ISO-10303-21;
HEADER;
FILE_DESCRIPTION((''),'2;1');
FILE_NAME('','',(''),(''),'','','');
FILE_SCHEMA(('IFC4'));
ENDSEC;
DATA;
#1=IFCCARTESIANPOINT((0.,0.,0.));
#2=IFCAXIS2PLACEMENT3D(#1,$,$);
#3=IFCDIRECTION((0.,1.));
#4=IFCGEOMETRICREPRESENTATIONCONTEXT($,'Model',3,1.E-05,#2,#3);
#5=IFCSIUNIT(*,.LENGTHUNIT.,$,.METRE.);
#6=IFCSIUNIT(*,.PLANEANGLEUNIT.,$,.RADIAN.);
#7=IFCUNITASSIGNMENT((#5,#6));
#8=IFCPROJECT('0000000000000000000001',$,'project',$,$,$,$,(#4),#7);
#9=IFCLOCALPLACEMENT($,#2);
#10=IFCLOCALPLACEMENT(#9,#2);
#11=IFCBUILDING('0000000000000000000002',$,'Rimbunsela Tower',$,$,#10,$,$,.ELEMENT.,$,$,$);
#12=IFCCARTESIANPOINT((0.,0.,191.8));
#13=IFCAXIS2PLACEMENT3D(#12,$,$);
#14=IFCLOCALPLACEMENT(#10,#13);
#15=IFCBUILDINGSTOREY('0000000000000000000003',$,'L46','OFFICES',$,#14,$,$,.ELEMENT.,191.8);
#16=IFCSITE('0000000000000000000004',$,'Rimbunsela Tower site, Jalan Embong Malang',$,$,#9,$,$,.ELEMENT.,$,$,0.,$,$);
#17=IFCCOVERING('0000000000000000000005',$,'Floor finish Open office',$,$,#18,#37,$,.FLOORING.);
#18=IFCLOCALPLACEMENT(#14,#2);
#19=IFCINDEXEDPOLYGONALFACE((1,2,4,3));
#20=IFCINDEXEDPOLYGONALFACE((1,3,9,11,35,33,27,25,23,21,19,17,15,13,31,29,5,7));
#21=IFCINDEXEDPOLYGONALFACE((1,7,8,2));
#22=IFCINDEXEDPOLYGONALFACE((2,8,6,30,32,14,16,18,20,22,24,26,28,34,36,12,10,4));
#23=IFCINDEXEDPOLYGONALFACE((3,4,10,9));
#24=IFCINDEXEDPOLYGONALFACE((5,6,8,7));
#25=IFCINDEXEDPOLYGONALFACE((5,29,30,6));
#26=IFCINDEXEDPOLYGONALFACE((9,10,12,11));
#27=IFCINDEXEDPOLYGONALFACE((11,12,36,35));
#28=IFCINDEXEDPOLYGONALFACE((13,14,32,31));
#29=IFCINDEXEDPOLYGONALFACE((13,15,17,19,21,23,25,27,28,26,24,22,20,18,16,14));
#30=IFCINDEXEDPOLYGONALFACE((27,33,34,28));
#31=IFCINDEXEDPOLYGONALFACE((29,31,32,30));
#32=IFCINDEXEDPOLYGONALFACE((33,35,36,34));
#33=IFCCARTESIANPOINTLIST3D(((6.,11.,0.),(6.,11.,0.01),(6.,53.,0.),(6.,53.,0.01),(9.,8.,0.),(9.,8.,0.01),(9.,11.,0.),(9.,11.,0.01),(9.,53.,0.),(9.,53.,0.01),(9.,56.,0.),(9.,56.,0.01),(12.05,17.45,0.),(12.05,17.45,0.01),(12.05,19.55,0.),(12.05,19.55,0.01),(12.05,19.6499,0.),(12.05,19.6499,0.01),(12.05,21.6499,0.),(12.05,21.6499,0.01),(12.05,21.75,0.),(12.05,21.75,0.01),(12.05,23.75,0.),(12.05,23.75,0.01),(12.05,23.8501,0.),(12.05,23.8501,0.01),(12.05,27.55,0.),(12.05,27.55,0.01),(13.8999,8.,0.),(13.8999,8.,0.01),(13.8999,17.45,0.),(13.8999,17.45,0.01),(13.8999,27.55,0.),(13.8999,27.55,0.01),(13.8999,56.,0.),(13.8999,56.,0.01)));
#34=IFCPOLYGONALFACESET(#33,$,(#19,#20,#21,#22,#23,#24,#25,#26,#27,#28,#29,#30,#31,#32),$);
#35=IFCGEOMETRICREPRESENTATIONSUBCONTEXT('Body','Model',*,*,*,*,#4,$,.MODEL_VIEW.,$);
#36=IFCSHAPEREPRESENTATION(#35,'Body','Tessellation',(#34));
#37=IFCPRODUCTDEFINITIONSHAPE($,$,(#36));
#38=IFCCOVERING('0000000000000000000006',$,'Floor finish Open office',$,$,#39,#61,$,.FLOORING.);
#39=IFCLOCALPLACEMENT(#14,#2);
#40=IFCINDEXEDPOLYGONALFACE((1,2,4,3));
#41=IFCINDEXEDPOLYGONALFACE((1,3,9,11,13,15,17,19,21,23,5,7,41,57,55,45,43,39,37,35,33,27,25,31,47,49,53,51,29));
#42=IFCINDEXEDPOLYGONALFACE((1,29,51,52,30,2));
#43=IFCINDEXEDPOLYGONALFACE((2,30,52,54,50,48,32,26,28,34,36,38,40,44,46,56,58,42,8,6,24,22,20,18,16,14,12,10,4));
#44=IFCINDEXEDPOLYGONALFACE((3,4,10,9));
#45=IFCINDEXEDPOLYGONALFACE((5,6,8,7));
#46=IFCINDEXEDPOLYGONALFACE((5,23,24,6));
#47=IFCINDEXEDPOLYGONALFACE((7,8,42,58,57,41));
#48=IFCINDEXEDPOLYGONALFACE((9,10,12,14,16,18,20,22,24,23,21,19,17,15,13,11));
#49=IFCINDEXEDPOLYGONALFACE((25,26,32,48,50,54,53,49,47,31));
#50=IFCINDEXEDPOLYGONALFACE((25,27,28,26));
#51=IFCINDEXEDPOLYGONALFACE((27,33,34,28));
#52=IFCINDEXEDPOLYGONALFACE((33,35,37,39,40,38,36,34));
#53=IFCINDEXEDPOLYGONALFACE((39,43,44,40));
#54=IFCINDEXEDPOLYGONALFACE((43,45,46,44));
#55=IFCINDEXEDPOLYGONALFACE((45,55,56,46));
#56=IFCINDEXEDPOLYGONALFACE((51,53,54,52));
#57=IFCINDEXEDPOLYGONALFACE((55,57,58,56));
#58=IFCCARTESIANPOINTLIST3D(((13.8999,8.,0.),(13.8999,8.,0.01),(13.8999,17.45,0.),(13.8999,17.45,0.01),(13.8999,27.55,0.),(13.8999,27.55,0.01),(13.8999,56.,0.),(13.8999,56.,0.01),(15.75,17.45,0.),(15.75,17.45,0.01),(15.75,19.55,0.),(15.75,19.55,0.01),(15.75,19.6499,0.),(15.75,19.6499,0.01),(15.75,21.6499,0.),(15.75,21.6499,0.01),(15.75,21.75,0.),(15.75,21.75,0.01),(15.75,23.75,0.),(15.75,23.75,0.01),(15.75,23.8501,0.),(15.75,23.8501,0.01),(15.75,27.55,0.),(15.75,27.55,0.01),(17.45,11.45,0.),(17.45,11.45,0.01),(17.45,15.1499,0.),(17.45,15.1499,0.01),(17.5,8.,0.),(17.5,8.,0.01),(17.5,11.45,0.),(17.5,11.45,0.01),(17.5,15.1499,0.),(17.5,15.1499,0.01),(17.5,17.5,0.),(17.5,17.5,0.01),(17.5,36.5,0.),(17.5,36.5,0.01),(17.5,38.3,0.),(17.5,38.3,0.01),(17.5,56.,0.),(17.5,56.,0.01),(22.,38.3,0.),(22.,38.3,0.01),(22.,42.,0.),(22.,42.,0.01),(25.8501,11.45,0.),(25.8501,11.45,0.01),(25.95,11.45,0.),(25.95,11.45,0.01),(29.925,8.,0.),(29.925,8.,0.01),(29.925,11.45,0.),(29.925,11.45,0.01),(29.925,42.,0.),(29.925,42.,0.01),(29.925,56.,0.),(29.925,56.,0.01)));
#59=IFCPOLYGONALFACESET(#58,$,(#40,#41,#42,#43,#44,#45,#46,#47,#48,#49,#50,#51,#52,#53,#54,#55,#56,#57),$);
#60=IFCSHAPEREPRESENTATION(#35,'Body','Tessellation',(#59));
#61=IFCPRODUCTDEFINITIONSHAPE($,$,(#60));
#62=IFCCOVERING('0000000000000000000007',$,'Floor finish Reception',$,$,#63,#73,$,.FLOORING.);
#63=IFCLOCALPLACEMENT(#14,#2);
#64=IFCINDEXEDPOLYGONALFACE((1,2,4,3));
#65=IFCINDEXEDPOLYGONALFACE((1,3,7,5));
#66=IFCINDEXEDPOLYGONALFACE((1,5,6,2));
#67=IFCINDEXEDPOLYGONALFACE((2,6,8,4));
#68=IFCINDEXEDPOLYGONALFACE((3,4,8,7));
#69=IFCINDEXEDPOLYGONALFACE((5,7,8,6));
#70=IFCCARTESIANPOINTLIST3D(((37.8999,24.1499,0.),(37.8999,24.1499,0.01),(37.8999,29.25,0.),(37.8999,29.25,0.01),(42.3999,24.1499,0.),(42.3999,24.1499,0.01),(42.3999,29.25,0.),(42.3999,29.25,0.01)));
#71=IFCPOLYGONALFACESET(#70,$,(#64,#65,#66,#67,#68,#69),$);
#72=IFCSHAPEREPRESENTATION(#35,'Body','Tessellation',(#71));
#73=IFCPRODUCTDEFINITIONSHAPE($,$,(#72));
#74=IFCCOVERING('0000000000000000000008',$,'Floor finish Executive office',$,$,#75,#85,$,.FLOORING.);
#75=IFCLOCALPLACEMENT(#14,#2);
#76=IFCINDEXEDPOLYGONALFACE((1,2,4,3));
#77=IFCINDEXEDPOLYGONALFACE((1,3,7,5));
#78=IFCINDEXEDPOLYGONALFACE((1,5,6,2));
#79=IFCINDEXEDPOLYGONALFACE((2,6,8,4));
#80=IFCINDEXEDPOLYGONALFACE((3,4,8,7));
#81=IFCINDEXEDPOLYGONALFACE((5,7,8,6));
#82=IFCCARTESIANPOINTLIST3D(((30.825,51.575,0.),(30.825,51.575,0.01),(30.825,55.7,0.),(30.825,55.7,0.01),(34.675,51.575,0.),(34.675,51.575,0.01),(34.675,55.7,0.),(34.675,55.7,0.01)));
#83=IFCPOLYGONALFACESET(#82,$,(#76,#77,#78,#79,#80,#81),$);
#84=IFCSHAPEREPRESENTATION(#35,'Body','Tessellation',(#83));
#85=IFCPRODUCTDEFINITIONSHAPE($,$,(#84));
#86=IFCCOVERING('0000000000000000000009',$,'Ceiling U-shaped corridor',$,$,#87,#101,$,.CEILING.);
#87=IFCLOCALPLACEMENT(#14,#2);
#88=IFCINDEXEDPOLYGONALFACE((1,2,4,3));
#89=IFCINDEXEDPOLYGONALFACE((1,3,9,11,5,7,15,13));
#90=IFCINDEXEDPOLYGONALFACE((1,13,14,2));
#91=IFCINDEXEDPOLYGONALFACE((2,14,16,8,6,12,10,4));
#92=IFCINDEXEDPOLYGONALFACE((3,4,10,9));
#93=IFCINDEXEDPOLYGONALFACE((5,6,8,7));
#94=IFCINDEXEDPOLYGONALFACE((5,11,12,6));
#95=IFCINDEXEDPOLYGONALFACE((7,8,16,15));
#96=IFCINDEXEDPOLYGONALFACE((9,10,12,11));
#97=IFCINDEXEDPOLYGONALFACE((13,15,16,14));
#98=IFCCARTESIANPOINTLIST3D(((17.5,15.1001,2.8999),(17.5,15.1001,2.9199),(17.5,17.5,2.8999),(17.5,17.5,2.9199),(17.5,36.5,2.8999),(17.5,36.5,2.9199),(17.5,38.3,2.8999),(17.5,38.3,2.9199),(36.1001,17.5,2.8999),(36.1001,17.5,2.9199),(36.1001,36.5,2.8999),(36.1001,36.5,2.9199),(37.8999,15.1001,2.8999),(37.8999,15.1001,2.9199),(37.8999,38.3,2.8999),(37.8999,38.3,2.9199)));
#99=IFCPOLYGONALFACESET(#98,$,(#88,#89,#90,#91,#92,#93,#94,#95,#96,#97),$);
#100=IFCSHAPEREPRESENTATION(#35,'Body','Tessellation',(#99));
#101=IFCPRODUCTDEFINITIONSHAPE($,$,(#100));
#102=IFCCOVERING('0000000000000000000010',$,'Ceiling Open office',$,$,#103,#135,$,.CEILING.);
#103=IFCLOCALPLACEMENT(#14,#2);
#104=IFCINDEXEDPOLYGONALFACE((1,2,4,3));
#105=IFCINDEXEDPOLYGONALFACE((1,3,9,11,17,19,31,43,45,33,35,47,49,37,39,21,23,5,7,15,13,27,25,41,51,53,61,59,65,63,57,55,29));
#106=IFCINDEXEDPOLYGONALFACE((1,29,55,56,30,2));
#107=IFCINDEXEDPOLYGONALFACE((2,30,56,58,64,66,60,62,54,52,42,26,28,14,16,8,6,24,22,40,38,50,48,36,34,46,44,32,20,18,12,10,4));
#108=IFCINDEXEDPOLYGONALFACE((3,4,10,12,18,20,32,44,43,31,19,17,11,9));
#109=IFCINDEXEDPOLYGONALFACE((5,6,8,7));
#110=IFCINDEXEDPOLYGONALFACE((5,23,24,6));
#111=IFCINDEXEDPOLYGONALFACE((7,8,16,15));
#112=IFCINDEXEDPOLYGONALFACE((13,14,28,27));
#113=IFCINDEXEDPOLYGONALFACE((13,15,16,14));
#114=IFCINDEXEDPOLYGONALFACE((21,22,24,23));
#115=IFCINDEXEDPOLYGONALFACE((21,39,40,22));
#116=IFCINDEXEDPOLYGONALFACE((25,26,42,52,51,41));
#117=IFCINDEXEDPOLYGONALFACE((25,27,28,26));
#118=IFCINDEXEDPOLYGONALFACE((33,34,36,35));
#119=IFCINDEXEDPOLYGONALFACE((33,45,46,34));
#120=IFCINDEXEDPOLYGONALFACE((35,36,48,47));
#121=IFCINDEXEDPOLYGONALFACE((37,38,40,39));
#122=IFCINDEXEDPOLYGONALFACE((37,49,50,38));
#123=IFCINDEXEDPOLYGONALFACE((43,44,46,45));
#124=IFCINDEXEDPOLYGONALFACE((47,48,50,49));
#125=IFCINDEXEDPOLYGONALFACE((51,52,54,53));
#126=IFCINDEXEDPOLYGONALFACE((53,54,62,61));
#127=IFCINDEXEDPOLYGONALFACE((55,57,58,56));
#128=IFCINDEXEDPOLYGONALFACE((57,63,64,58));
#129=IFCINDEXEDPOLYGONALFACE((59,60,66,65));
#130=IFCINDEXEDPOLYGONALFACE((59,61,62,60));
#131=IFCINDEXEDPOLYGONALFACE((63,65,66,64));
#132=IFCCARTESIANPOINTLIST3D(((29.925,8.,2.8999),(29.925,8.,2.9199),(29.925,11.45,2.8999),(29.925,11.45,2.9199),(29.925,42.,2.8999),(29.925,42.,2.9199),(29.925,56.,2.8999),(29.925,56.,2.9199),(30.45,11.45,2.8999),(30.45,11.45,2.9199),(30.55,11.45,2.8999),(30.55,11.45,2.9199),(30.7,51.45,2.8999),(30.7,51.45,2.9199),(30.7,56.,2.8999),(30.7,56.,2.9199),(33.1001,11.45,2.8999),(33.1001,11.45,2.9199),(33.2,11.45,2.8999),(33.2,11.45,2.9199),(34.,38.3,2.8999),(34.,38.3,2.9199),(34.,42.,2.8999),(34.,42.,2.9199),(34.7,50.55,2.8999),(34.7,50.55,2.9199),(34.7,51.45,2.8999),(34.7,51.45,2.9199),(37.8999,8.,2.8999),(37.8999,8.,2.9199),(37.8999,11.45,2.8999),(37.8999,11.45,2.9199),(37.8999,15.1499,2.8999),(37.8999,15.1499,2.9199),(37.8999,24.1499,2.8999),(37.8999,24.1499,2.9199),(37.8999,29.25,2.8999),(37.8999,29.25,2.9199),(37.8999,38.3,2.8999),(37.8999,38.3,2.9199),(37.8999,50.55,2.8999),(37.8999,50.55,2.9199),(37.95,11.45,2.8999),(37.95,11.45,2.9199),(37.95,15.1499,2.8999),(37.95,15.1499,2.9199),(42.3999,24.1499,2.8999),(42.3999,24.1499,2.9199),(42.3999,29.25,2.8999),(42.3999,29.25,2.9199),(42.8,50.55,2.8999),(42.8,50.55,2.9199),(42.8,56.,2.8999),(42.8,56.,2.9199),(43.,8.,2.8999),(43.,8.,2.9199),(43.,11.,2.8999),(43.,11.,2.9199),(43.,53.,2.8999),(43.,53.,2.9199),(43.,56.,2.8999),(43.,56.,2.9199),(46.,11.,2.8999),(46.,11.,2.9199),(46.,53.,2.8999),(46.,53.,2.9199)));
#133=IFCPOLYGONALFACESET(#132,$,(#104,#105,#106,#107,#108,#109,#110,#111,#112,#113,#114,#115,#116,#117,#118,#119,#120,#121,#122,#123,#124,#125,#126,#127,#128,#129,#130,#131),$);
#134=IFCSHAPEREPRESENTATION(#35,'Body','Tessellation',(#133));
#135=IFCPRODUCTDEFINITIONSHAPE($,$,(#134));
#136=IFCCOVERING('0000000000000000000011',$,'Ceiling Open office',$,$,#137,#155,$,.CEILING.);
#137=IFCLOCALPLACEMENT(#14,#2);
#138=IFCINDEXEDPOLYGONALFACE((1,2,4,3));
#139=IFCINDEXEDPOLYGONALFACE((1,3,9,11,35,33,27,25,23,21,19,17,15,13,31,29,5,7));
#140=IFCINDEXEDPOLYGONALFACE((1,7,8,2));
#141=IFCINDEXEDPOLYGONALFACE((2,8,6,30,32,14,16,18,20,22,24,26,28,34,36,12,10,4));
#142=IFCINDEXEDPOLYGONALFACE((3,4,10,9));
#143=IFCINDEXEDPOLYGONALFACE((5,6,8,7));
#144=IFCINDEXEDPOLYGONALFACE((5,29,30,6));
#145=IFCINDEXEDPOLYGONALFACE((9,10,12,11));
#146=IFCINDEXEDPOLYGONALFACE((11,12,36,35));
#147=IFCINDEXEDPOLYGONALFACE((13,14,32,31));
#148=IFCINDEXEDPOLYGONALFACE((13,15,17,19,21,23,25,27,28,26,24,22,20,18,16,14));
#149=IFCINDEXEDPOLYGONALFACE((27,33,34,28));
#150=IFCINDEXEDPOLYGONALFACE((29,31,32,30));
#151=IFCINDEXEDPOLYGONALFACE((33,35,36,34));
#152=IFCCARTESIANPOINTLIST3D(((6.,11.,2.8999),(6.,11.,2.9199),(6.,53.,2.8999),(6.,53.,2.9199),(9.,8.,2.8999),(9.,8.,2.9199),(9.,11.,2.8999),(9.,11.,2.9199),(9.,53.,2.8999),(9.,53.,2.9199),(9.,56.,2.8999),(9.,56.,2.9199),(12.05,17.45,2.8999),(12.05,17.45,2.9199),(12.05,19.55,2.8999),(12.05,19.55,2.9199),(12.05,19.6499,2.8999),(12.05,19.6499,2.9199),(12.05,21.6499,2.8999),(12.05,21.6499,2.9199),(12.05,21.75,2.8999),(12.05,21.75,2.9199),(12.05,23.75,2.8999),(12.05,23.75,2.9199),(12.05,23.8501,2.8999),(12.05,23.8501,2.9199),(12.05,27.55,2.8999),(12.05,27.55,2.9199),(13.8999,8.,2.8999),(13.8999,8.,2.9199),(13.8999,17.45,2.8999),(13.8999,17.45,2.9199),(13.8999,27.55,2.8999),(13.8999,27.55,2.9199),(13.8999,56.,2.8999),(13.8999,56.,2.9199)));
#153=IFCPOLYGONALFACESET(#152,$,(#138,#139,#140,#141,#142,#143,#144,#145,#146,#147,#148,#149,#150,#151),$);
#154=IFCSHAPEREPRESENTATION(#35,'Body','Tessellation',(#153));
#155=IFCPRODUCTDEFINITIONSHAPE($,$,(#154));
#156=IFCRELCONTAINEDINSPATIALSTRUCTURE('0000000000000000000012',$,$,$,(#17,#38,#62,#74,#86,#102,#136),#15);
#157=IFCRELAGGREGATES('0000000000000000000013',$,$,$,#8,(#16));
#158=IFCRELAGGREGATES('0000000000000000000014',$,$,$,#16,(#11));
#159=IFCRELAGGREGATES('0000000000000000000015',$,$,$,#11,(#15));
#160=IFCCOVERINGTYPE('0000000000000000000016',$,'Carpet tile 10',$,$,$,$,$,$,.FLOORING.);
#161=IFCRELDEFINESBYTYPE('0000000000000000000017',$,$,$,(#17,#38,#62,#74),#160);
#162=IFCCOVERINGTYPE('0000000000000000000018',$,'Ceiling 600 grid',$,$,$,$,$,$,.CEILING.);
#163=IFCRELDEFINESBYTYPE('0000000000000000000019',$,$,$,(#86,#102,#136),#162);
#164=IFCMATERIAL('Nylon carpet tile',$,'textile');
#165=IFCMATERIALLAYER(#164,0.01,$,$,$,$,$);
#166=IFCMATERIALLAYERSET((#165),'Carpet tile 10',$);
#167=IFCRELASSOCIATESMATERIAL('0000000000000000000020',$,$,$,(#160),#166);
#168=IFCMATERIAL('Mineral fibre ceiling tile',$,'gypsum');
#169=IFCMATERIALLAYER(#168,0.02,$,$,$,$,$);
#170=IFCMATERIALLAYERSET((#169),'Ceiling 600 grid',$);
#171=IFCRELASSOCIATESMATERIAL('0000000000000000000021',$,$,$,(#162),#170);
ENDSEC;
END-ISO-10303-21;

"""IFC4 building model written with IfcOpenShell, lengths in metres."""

from ifc_helpers import new_model, si_unit, direction, frame, origin, place, context, subcontext, project, spatial, polyline, outline, extrude, material, layer, layer_set, type_object, element, save


model = new_model("IFC4")

# Units and contexts
model_context = context("Model", 3, precision=1e-05, world=origin(), true_north=direction((0.0, 1.0)))
body_context = subcontext(model_context, "Body", "Model", "MODEL_VIEW")
ifc_project = project(units=[si_unit("LENGTHUNIT", "METRE"), si_unit("PLANEANGLEUNIT", "RADIAN")], contexts=[model_context])

# Site, building, storey
site_placement = place(None, origin())
site = spatial("IfcSite", under=ifc_project, at=site_placement, Name="Rimbunsela Tower site, Jalan Embong Malang", CompositionType="ELEMENT", RefElevation=0.0)
building_placement = place(site_placement, origin())
building = spatial("IfcBuilding", under=site, at=building_placement, Name="Rimbunsela Tower", CompositionType="ELEMENT")
storey_placement = place(building_placement, frame((0.0, 0.0, 191.8)))
storey = spatial("IfcBuildingStorey", under=building, at=storey_placement, Name="L46", Description="OFFICES", CompositionType="ELEMENT", Elevation=191.8)

# Coverings
ifc_material_1 = material(Name="Nylon carpet tile", Category="textile")
ifc_layer_1 = layer(ifc_material_1, 0.01)
ifc_layer_set_1 = layer_set([ifc_layer_1], Name="Carpet tile 10")
covering_type_1 = type_object("IfcCoveringType", Name="Carpet tile 10", PredefinedType="FLOORING", material=ifc_layer_set_1)
covering_1_placement = place(storey_placement, origin())
element("IfcCovering", 1, at=covering_1_placement, inside=storey, type_object=covering_type_1, Name="Floor finish Open office", PredefinedType="FLOORING", context=body_context, shape_type="SweptSolid", body=[
    extrude(outline(polyline([(13.8999, 8.0), (9.0, 8.0), (9.0, 11.0), (6.0, 11.0), (6.0, 53.0), (9.0, 53.0), (9.0, 56.0), (13.8999, 56.0), (13.8999, 27.55), (12.05, 27.55), (12.05, 23.8501), (12.05, 23.75), (12.05, 21.75), (12.05, 21.6499), (12.05, 19.6499), (12.05, 19.55), (12.05, 17.45), (13.8999, 17.45), (13.8999, 8.0)])), origin(), (0.0, 0.0, 1.0), 0.01),
])
covering_2_placement = place(storey_placement, origin())
element("IfcCovering", 2, at=covering_2_placement, inside=storey, type_object=covering_type_1, Name="Floor finish Open office", PredefinedType="FLOORING", context=body_context, shape_type="SweptSolid", body=[
    extrude(outline(polyline([(17.5, 8.0), (13.8999, 8.0), (13.8999, 17.45), (15.75, 17.45), (15.75, 19.55), (15.75, 19.6499), (15.75, 21.6499), (15.75, 21.75), (15.75, 23.75), (15.75, 23.8501), (15.75, 27.55), (13.8999, 27.55), (13.8999, 56.0), (17.5, 56.0), (29.925, 56.0), (29.925, 42.0), (22.0, 42.0), (22.0, 38.3), (17.5, 38.3), (17.5, 36.5), (17.5, 17.5), (17.5, 15.1499), (17.45, 15.1499), (17.45, 11.45), (17.5, 11.45), (25.8501, 11.45), (25.95, 11.45), (29.925, 11.45), (29.925, 8.0), (17.5, 8.0)])), origin(), (0.0, 0.0, 1.0), 0.01),
])
covering_3_placement = place(storey_placement, origin())
element("IfcCovering", 3, at=covering_3_placement, inside=storey, type_object=covering_type_1, Name="Floor finish Reception", PredefinedType="FLOORING", context=body_context, shape_type="SweptSolid", body=[
    extrude(outline(polyline([(42.3999, 24.1499), (42.3999, 29.25), (37.8999, 29.25), (37.8999, 24.1499), (42.3999, 24.1499)])), origin(), (0.0, 0.0, 1.0), 0.01),
])
covering_4_placement = place(storey_placement, origin())
element("IfcCovering", 4, at=covering_4_placement, inside=storey, type_object=covering_type_1, Name="Floor finish Executive office", PredefinedType="FLOORING", context=body_context, shape_type="SweptSolid", body=[
    extrude(outline(polyline([(34.675, 51.575), (34.675, 55.7), (30.825, 55.7), (30.825, 51.575), (34.675, 51.575)])), origin(), (0.0, 0.0, 1.0), 0.01),
])
ifc_material_2 = material(Name="Mineral fibre ceiling tile", Category="gypsum")
ifc_layer_2 = layer(ifc_material_2, 0.02)
ifc_layer_set_2 = layer_set([ifc_layer_2], Name="Ceiling 600 grid")
covering_type_2 = type_object("IfcCoveringType", Name="Ceiling 600 grid", PredefinedType="CEILING", material=ifc_layer_set_2)
covering_5_placement = place(storey_placement, frame((0.0, 0.0, 2.8999)))
element("IfcCovering", 5, at=covering_5_placement, inside=storey, type_object=covering_type_2, Name="Ceiling U-shaped corridor", PredefinedType="CEILING", context=body_context, shape_type="SweptSolid", body=[
    extrude(outline(polyline([(37.8999, 38.3), (37.8999, 15.1001), (17.5, 15.1001), (17.5, 17.5), (36.1001, 17.5), (36.1001, 36.5), (17.5, 36.5), (17.5, 38.3), (37.8999, 38.3)])), origin(), (0.0, 0.0, 1.0), 0.02),
])
covering_6_placement = place(storey_placement, frame((0.0, 0.0, 2.8999)))
element("IfcCovering", 6, at=covering_6_placement, inside=storey, type_object=covering_type_2, Name="Ceiling Open office", PredefinedType="CEILING", context=body_context, shape_type="SweptSolid", body=[
    extrude(outline(polyline([(29.925, 56.0), (30.7, 56.0), (30.7, 51.45), (34.7, 51.45), (34.7, 50.55), (37.8999, 50.55), (42.8, 50.55), (42.8, 56.0), (43.0, 56.0), (43.0, 53.0), (46.0, 53.0), (46.0, 11.0), (43.0, 11.0), (43.0, 8.0), (37.8999, 8.0), (29.925, 8.0), (29.925, 11.45), (30.45, 11.45), (30.55, 11.45), (33.1001, 11.45), (33.2, 11.45), (37.8999, 11.45), (37.95, 11.45), (37.95, 15.1499), (37.8999, 15.1499), (37.8999, 24.1499), (42.3999, 24.1499), (42.3999, 29.25), (37.8999, 29.25), (37.8999, 38.3), (34.0, 38.3), (34.0, 42.0), (29.925, 42.0), (29.925, 56.0)])), origin(), (0.0, 0.0, 1.0), 0.02),
])
covering_7_placement = place(storey_placement, frame((0.0, 0.0, 2.8999)))
element("IfcCovering", 7, at=covering_7_placement, inside=storey, type_object=covering_type_2, Name="Ceiling Open office", PredefinedType="CEILING", context=body_context, shape_type="SweptSolid", body=[
    extrude(outline(polyline([(13.8999, 8.0), (9.0, 8.0), (9.0, 11.0), (6.0, 11.0), (6.0, 53.0), (9.0, 53.0), (9.0, 56.0), (13.8999, 56.0), (13.8999, 27.55), (12.05, 27.55), (12.05, 23.8501), (12.05, 23.75), (12.05, 21.75), (12.05, 21.6499), (12.05, 19.6499), (12.05, 19.55), (12.05, 17.45), (13.8999, 17.45), (13.8999, 8.0)])), origin(), (0.0, 0.0, 1.0), 0.02),
])

save(model, "model.ifc")
